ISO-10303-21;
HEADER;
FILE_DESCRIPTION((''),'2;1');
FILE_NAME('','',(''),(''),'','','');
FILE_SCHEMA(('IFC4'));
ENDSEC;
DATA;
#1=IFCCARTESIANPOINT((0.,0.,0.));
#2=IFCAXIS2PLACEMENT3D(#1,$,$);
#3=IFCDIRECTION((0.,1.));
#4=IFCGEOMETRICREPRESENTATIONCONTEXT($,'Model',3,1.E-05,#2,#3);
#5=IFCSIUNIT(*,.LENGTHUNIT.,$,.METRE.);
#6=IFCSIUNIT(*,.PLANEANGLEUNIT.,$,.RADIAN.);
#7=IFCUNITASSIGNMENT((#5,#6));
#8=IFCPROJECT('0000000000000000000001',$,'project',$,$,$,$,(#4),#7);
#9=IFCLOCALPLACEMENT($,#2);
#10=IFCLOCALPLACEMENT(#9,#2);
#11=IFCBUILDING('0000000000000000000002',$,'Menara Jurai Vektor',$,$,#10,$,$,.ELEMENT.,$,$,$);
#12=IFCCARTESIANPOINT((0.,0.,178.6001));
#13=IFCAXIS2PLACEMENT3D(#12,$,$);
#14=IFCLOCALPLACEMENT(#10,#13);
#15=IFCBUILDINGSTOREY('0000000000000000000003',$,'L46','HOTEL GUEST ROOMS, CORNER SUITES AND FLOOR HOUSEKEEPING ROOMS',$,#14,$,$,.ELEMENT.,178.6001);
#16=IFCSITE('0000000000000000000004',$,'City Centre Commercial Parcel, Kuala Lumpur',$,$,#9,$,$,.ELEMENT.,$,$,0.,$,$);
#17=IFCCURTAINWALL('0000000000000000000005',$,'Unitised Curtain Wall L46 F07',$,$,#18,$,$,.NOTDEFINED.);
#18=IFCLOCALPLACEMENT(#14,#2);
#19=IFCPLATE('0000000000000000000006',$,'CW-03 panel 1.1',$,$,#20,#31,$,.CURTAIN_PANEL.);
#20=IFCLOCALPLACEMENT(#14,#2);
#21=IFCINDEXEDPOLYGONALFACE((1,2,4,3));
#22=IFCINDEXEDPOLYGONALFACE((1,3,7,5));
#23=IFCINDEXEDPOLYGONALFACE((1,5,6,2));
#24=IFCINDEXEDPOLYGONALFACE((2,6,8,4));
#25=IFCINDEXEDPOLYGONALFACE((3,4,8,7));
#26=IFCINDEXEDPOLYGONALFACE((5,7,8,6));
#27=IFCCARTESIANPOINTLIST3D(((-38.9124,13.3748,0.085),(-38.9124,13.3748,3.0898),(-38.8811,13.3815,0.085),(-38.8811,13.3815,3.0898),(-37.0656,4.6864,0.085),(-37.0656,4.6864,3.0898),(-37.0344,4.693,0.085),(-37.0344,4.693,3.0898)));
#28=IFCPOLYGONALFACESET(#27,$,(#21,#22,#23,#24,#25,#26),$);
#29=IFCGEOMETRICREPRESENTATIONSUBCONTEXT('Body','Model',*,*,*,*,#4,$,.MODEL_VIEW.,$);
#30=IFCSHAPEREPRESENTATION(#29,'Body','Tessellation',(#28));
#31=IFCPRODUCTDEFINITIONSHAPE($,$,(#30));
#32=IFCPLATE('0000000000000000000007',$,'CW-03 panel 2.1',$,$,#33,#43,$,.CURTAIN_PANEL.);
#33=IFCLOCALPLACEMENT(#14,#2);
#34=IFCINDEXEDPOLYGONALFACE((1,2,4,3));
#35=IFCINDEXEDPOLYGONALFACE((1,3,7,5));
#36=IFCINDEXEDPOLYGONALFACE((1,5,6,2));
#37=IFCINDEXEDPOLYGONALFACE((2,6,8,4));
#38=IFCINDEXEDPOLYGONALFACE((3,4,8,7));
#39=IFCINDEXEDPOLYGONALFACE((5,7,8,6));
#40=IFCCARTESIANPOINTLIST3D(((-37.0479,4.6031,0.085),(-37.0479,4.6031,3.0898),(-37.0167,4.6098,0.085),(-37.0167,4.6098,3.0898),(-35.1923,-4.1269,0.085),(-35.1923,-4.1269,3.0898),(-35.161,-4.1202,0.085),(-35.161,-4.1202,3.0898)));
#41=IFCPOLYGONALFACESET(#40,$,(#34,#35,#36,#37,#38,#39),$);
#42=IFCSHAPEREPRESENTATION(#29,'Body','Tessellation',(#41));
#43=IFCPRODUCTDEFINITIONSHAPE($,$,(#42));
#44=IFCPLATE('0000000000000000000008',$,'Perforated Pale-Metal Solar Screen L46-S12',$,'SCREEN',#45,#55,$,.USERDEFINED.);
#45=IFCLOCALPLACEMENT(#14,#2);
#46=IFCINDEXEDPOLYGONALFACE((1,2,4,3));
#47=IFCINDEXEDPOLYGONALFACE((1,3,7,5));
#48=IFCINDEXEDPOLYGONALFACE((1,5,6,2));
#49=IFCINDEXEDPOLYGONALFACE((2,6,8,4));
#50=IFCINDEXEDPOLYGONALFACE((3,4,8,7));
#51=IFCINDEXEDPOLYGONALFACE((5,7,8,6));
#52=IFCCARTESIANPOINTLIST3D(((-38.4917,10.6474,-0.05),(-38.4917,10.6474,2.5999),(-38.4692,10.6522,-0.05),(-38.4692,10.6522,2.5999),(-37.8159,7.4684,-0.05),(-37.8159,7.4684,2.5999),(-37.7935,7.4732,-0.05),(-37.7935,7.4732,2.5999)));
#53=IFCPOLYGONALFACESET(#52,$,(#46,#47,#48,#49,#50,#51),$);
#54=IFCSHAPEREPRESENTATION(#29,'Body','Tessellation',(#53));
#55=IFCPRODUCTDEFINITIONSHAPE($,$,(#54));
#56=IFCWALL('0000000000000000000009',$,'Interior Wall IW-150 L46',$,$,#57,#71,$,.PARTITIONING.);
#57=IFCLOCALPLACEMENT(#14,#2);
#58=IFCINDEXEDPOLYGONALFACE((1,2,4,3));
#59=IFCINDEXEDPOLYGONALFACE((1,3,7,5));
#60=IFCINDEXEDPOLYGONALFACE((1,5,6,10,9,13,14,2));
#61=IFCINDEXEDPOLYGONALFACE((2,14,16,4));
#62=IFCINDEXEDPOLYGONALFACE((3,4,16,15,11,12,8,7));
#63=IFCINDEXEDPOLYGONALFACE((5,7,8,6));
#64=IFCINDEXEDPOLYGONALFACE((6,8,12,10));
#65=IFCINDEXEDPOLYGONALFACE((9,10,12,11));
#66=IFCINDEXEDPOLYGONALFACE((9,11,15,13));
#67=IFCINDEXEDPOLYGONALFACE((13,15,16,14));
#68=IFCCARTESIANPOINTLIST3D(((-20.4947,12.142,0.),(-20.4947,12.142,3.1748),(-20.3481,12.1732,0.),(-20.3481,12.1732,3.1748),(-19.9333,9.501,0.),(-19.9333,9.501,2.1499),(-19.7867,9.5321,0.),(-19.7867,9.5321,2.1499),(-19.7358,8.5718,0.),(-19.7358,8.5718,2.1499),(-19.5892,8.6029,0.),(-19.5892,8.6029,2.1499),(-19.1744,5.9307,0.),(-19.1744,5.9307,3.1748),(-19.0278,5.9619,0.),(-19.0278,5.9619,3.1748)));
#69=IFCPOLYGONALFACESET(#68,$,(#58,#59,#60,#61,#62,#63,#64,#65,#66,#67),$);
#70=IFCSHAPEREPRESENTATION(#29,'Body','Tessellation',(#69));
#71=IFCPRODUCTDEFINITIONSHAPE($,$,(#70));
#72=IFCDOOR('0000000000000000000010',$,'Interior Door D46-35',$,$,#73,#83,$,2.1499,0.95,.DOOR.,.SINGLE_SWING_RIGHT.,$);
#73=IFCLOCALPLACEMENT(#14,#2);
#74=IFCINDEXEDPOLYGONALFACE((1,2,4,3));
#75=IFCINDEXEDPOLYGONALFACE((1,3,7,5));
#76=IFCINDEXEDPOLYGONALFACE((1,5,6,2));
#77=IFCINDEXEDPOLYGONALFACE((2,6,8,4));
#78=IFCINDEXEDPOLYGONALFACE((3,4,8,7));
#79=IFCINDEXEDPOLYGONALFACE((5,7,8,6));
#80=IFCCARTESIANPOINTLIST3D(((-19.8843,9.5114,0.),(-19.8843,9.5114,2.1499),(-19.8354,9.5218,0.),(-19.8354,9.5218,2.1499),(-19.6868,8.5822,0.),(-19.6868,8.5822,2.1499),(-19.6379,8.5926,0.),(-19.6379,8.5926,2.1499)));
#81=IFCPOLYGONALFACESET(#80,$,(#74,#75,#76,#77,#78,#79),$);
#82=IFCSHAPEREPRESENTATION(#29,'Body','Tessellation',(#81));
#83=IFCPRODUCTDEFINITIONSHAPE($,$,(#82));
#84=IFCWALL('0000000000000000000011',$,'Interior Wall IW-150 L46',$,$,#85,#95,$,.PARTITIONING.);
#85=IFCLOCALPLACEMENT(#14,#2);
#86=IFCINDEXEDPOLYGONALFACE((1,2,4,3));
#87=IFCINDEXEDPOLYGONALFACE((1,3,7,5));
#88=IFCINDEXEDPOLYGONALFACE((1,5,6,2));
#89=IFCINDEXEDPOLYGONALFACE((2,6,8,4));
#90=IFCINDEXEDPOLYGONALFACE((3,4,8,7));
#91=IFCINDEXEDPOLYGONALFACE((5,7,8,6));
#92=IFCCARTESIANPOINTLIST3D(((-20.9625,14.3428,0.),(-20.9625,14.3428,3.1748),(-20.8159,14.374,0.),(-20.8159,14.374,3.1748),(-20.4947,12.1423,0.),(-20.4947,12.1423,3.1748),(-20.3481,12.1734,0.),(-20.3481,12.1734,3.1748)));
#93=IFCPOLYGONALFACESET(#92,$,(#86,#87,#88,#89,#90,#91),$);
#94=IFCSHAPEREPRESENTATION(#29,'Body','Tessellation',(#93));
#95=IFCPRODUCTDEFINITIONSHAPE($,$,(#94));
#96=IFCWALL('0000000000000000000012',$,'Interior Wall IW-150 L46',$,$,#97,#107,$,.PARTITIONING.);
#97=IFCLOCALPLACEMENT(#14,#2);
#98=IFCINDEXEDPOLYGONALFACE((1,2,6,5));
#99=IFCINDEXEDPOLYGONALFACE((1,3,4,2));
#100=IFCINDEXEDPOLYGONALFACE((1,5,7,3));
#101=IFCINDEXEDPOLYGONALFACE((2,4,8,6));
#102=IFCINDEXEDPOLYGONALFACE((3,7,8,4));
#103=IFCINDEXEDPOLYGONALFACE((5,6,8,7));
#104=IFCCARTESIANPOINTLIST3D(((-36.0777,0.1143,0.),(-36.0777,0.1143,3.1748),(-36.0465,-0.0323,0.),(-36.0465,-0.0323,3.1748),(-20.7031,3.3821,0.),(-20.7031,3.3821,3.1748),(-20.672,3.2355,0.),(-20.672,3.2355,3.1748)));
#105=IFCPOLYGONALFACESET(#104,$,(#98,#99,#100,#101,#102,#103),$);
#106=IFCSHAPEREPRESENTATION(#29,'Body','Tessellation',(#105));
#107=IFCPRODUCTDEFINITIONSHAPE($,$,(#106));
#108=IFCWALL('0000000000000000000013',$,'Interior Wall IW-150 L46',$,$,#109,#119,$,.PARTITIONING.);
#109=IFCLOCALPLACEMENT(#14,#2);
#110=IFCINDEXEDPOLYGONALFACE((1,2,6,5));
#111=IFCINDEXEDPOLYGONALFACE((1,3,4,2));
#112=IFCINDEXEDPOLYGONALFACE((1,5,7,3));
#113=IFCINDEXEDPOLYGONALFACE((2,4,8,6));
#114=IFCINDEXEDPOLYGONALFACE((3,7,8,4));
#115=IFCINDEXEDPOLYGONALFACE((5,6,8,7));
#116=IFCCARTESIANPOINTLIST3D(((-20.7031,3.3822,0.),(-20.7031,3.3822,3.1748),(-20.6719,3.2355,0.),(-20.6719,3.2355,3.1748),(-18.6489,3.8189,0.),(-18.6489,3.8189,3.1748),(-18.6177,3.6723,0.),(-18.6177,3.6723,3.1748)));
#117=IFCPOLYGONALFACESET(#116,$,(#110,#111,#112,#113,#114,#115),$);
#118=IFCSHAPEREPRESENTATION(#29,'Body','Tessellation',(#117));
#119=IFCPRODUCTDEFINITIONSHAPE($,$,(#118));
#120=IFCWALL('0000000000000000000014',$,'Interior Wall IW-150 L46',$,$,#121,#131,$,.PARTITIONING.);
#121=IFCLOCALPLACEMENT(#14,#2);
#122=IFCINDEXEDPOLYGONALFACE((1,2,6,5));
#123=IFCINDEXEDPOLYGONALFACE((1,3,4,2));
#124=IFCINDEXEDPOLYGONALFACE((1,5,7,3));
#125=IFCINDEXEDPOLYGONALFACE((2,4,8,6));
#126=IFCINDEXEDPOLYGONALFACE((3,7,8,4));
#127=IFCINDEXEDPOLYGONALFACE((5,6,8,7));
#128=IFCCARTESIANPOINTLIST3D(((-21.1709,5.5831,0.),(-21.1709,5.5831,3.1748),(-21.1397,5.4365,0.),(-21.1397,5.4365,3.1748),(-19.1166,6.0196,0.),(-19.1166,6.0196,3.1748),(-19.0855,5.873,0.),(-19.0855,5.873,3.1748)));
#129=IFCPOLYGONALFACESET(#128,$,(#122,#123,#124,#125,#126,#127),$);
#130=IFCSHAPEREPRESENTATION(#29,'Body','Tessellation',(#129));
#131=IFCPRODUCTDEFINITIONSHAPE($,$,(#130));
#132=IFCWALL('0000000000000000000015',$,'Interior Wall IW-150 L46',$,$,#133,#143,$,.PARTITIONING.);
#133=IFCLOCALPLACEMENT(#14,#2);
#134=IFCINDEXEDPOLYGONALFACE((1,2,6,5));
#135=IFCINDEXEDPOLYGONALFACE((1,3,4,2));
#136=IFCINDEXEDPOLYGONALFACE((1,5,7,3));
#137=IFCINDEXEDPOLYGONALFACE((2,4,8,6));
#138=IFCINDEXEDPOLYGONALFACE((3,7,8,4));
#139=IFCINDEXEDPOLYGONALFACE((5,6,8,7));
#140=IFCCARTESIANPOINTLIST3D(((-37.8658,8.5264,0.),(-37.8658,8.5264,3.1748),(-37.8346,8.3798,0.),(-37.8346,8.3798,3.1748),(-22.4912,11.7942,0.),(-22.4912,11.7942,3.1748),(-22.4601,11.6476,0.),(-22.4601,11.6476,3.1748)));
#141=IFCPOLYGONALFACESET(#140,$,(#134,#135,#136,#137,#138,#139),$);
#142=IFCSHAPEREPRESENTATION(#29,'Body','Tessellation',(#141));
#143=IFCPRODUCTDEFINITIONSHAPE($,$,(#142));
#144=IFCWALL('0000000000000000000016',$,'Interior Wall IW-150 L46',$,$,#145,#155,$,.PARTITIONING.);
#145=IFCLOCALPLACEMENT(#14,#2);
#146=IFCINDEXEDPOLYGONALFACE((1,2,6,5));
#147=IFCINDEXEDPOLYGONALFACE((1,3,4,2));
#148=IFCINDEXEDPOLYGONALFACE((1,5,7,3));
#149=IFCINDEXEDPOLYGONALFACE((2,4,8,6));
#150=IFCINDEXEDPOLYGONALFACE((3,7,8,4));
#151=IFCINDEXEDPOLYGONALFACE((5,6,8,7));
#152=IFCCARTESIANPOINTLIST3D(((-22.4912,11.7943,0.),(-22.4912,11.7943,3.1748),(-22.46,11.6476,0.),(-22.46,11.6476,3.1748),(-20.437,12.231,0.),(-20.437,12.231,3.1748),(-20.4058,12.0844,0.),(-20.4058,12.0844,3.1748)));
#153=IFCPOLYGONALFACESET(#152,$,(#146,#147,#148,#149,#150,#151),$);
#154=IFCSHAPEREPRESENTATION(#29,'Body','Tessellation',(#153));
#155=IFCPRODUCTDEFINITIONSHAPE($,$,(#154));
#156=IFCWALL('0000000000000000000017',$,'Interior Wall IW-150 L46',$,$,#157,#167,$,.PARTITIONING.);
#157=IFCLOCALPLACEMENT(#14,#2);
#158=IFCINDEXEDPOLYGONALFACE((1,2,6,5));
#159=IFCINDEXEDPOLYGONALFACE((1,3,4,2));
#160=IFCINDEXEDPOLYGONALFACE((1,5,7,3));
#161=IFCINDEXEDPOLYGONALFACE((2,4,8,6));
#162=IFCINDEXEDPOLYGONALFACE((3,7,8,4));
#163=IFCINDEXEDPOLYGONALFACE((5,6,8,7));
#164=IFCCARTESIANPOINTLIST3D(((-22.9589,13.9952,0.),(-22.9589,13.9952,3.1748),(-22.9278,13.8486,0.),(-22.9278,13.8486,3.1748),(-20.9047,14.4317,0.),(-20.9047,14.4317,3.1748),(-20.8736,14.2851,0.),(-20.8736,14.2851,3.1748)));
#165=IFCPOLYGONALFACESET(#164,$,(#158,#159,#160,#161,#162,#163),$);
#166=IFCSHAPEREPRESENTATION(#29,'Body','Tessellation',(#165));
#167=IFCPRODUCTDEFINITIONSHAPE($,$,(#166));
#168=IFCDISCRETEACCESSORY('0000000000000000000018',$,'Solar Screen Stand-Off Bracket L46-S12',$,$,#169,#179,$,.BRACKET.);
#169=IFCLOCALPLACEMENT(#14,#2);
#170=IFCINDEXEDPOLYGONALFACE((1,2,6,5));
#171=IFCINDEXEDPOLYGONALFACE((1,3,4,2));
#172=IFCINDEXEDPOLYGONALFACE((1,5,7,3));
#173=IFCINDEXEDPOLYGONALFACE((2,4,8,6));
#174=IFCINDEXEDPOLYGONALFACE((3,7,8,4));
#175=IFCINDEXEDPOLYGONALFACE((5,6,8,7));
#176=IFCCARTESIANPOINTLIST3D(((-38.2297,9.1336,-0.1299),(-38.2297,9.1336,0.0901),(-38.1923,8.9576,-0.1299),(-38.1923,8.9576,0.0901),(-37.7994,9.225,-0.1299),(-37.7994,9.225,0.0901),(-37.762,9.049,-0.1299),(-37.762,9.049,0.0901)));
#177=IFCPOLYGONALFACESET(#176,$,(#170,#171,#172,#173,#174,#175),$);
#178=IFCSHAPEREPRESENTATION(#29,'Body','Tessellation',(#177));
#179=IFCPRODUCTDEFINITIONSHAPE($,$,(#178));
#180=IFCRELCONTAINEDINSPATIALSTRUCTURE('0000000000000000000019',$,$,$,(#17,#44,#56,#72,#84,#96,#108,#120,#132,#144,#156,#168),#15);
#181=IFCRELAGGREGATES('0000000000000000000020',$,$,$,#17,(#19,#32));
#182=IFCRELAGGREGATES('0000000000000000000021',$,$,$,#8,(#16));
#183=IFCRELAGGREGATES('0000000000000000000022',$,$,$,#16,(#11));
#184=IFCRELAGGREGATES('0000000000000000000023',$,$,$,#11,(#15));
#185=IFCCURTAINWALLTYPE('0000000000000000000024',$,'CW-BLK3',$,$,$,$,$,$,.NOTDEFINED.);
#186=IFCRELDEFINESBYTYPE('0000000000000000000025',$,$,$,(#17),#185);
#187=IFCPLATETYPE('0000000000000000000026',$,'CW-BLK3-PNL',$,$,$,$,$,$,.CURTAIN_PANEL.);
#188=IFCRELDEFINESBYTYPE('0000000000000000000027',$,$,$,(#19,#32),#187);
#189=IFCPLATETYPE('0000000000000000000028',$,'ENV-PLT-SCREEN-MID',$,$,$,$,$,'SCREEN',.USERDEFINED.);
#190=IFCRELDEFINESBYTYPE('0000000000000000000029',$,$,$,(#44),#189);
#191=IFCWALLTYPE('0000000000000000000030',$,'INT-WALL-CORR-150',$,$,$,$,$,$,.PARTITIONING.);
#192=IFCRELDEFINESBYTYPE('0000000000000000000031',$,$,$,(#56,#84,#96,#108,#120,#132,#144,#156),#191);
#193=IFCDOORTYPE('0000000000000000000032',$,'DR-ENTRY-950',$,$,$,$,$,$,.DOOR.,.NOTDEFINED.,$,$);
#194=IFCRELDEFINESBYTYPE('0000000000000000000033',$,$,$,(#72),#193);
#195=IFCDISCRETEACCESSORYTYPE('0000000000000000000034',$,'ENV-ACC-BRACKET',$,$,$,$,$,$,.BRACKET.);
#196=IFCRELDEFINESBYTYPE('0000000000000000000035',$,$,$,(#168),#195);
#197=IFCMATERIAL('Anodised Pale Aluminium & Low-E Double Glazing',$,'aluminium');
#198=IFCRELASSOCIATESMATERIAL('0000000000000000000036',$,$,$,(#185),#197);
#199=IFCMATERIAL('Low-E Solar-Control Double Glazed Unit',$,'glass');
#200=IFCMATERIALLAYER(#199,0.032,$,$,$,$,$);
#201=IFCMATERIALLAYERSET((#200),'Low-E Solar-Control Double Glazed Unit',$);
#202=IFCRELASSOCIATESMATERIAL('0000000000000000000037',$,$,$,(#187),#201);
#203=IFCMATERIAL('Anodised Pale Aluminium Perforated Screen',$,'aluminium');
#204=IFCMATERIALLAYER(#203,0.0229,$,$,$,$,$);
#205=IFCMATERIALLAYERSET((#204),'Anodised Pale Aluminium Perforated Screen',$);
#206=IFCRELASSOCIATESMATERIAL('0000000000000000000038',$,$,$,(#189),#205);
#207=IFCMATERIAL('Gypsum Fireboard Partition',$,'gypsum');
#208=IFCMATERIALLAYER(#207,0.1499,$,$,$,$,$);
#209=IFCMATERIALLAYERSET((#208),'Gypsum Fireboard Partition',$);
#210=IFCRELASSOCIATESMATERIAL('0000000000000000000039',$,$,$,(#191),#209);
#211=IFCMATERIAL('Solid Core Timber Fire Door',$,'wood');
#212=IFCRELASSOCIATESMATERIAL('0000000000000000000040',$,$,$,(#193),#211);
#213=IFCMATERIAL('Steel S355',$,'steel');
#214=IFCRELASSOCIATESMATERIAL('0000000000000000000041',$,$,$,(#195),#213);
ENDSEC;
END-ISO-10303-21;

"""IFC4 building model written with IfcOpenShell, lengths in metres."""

from ifc_helpers import new_model, si_unit, direction, frame, frame_2d, origin, origin_2d, place, context, subcontext, project, spatial, rectangle, extrude, material, layer, layer_set, type_object, element, fill, aggregate, save


model = new_model("IFC4")

# Units and contexts
model_context = context("Model", 3, precision=1e-05, world=origin(), true_north=direction((0.0, 1.0)))
body_context = subcontext(model_context, "Body", "Model", "MODEL_VIEW")
ifc_project = project(units=[si_unit("LENGTHUNIT", "METRE"), si_unit("PLANEANGLEUNIT", "RADIAN")], contexts=[model_context])

# Site, building, storey
site_placement = place(None, origin())
site = spatial("IfcSite", under=ifc_project, at=site_placement, Name="City Centre Commercial Parcel, Kuala Lumpur", CompositionType="ELEMENT", RefElevation=0.0)
building_placement = place(site_placement, origin())
building = spatial("IfcBuilding", under=site, at=building_placement, Name="Menara Jurai Vektor", CompositionType="ELEMENT")
storey_placement = place(building_placement, frame((0.0, 0.0, 178.6001)))
storey = spatial("IfcBuildingStorey", under=building, at=storey_placement, Name="L46", Description="HOTEL GUEST ROOMS, CORNER SUITES AND FLOOR HOUSEKEEPING ROOMS", CompositionType="ELEMENT", Elevation=178.6001)

# Curtain wall
ifc_material_1 = material(Name="Anodised Pale Aluminium & Low-E Double Glazing", Category="aluminium")
curtain_wall_type = type_object("IfcCurtainWallType", Name="CW-BLK3", PredefinedType="NOTDEFINED", material=ifc_material_1)
curtain_wall_placement = place(storey_placement, origin())
curtain_wall = element("IfcCurtainWall", 1, at=curtain_wall_placement, inside=storey, type_object=curtain_wall_type, Name="Unitised Curtain Wall L46 F07", PredefinedType="NOTDEFINED")

# Shared definitions
ifc_material_2 = material(Name="Steel S355", Category="steel")

# Plates
ifc_material_3 = material(Name="Low-E Solar-Control Double Glazed Unit", Category="glass")
ifc_layer_1 = layer(ifc_material_3, 0.032)
ifc_layer_set_1 = layer_set([ifc_layer_1], Name="Low-E Solar-Control Double Glazed Unit")
plate_type_1 = type_object("IfcPlateType", Name="CW-BLK3-PNL", PredefinedType="CURTAIN_PANEL", material=ifc_layer_set_1)
plate_1_placement = place(storey_placement, frame((-37.9734, 9.0339, 0.085), z_axis=(0.0, 0.0, 1.0), x_axis=(0.20791, -0.978148, 0.0)))
plate_1 = element("IfcPlate", 2, at=plate_1_placement, type_object=plate_type_1, Name="CW-03 panel 1.1", PredefinedType="CURTAIN_PANEL", context=body_context, shape_type="SweptSolid", body=[
    extrude(rectangle(XDim=8.8826, YDim=0.032, at=origin_2d()), origin(), (0.0, 0.0, 1.0), 3.0049),
])
plate_2_placement = place(storey_placement, frame((-36.1045, 0.2415, 0.085), z_axis=(0.0, 0.0, 1.0), x_axis=(0.20791, -0.978148, 0.0)))
plate_2 = element("IfcPlate", 3, at=plate_2_placement, type_object=plate_type_1, Name="CW-03 panel 2.1", PredefinedType="CURTAIN_PANEL", context=body_context, shape_type="SweptSolid", body=[
    extrude(rectangle(XDim=8.925, YDim=0.032, at=origin_2d()), origin(), (0.0, 0.0, 1.0), 3.0049),
])
aggregate(curtain_wall, [plate_1, plate_2])
ifc_material_4 = material(Name="Anodised Pale Aluminium Perforated Screen", Category="aluminium")
ifc_layer_2 = layer(ifc_material_4, 0.0229)
ifc_layer_set_2 = layer_set([ifc_layer_2], Name="Anodised Pale Aluminium Perforated Screen")
plate_type_2 = type_object("IfcPlateType", Name="ENV-PLT-SCREEN-MID", ElementType="SCREEN", PredefinedType="USERDEFINED", material=ifc_layer_set_2)
plate_3_placement = place(storey_placement, frame((-38.1426, 9.0603, -0.05), z_axis=(0.0, 0.0, 1.0), x_axis=(0.207912, -0.978148, 0.0)))
element("IfcPlate", 4, at=plate_3_placement, inside=storey, type_object=plate_type_2, Name="Perforated Pale-Metal Solar Screen L46-S12", ObjectType="SCREEN", PredefinedType="USERDEFINED", context=body_context, shape_type="SweptSolid", body=[
    extrude(rectangle(XDim=3.25, YDim=0.0229, at=origin_2d()), origin(), (0.0, 0.0, 1.0), 2.6499),
])

# Wall, opening, door
ifc_material_5 = material(Name="Gypsum Fireboard Partition", Category="gypsum")
ifc_layer_3 = layer(ifc_material_5, 0.1499)
ifc_layer_set_3 = layer_set([ifc_layer_3], Name="Gypsum Fireboard Partition")
wall_type = type_object("IfcWallType", Name="INT-WALL-CORR-150", PredefinedType="PARTITIONING", material=ifc_layer_set_3)
wall_1_placement = place(storey_placement, frame((-19.1011, 5.9463, 0.0), z_axis=(0.0, 0.0, 1.0), x_axis=(-0.207917, 0.978147, 0.0)))
wall_1 = element("IfcWall", 5, at=wall_1_placement, inside=storey, type_object=wall_type, Name="Interior Wall IW-150 L46", PredefinedType="PARTITIONING", context=body_context, shape_type="SweptSolid", body=[
    extrude(rectangle(XDim=6.3501, YDim=0.1499, at=frame_2d((3.175, 0.0))), origin(), (0.0, 0.0, 1.0), 3.1748),
])
opening_1_placement = place(wall_1_placement, frame((2.7, 0.0, 0.0)))
opening_1 = element("IfcOpeningElement", 6, at=opening_1_placement, cuts=wall_1, PredefinedType="OPENING", context=body_context, shape_type="SweptSolid", body=[
    extrude(rectangle(XDim=0.95, YDim=2.1499, at=frame_2d((0.4751, 1.075))), frame((0.0, 0.085, 0.0), z_axis=(0.0, -1.0, 0.0), x_axis=(1.0, 0.0, 0.0)), (0.0, 0.0, 1.0), 0.1699),
])
ifc_material_6 = material(Name="Solid Core Timber Fire Door", Category="wood")
door_type_1 = type_object("IfcDoorType", Name="DR-ENTRY-950", OperationType="NOTDEFINED", PredefinedType="DOOR", material=ifc_material_6)
door_1_placement = place(opening_1_placement, origin())
door_1 = element("IfcDoor", 7, at=door_1_placement, inside=storey, type_object=door_type_1, Name="Interior Door D46-35", OperationType="SINGLE_SWING_RIGHT", OverallHeight=2.1499, OverallWidth=0.95, PredefinedType="DOOR", context=body_context, shape_type="SweptSolid", body=[
    extrude(rectangle(XDim=0.95, YDim=2.1499, at=frame_2d((0.4751, 1.075))), frame((0.0, 0.0249, 0.0), z_axis=(0.0, -1.0, 0.0), x_axis=(1.0, 0.0, 0.0)), (0.0, 0.0, 1.0), 0.05),
])
fill(opening_1, door_1)

# Walls
wall_2_placement = place(storey_placement, frame((-20.4214, 12.1577, 0.0), z_axis=(0.0, 0.0, 1.0), x_axis=(-0.207913, 0.978147, 0.0)))
element("IfcWall", 8, at=wall_2_placement, inside=storey, type_object=wall_type, Name="Interior Wall IW-150 L46", PredefinedType="PARTITIONING", context=body_context, shape_type="SweptSolid", body=[
    extrude(rectangle(XDim=2.2498, YDim=0.1499, at=frame_2d((1.125, 0.0))), origin(), (0.0, 0.0, 1.0), 3.1748),
])
wall_3_placement = place(storey_placement, frame((-36.062, 0.041, 0.0), z_axis=(0.0, 0.0, 1.0), x_axis=(0.978149, 0.207904, 0.0)))
element("IfcWall", 9, at=wall_3_placement, inside=storey, type_object=wall_type, Name="Interior Wall IW-150 L46", PredefinedType="PARTITIONING", context=body_context, shape_type="SweptSolid", body=[
    extrude(rectangle(XDim=15.718, YDim=0.1499, at=frame_2d((7.8589, 0.0))), origin(), (0.0, 0.0, 1.0), 3.1748),
])
wall_4_placement = place(storey_placement, frame((-20.6875, 3.3088, 0.0), z_axis=(0.0, 0.0, 1.0), x_axis=(0.978135, 0.207973, 0.0)))
element("IfcWall", 10, at=wall_4_placement, inside=storey, type_object=wall_type, Name="Interior Wall IW-150 L46", PredefinedType="PARTITIONING", context=body_context, shape_type="SweptSolid", body=[
    extrude(rectangle(XDim=2.1001, YDim=0.1499, at=frame_2d((1.05, 0.0))), origin(), (0.0, 0.0, 1.0), 3.1748),
])

# Walls
wall_5_placement = place(storey_placement, frame((-21.1553, 5.5098, 0.0), z_axis=(0.0, 0.0, 1.0), x_axis=(0.978158, 0.207862, 0.0)))
element("IfcWall", 11, at=wall_5_placement, inside=storey, type_object=wall_type, Name="Interior Wall IW-150 L46", PredefinedType="PARTITIONING", context=body_context, shape_type="SweptSolid", body=[
    extrude(rectangle(XDim=2.1001, YDim=0.1499, at=frame_2d((1.05, 0.0))), origin(), (0.0, 0.0, 1.0), 3.1748),
])
wall_6_placement = place(storey_placement, frame((-37.8501, 8.4531, 0.0), z_axis=(0.0, 0.0, 1.0), x_axis=(0.978149, 0.207904, 0.0)))
element("IfcWall", 12, at=wall_6_placement, inside=storey, type_object=wall_type, Name="Interior Wall IW-150 L46", PredefinedType="PARTITIONING", context=body_context, shape_type="SweptSolid", body=[
    extrude(rectangle(XDim=15.718, YDim=0.1499, at=frame_2d((7.8589, 0.0))), origin(), (0.0, 0.0, 1.0), 3.1748),
])
wall_7_placement = place(storey_placement, frame((-22.4756, 11.7209, 0.0), z_axis=(0.0, 0.0, 1.0), x_axis=(0.978135, 0.207973, 0.0)))
element("IfcWall", 13, at=wall_7_placement, inside=storey, type_object=wall_type, Name="Interior Wall IW-150 L46", PredefinedType="PARTITIONING", context=body_context, shape_type="SweptSolid", body=[
    extrude(rectangle(XDim=2.1001, YDim=0.1499, at=frame_2d((1.05, 0.0))), origin(), (0.0, 0.0, 1.0), 3.1748),
])

# Wall
wall_8_placement = place(storey_placement, frame((-22.9434, 13.9219, 0.0), z_axis=(0.0, 0.0, 1.0), x_axis=(0.978158, 0.207862, 0.0)))
element("IfcWall", 14, at=wall_8_placement, inside=storey, type_object=wall_type, Name="Interior Wall IW-150 L46", PredefinedType="PARTITIONING", context=body_context, shape_type="SweptSolid", body=[
    extrude(rectangle(XDim=2.1001, YDim=0.1499, at=frame_2d((1.05, 0.0))), origin(), (0.0, 0.0, 1.0), 3.1748),
])

# Discrete accessory
discrete_accessory_type = type_object("IfcDiscreteAccessoryType", Name="ENV-ACC-BRACKET", PredefinedType="BRACKET", material=ifc_material_2)
discrete_accessory_placement = place(storey_placement, frame((-37.9958, 9.0913, -0.1299), z_axis=(0.0, 0.0, 1.0), x_axis=(0.207912, -0.978148, 0.0)))
element("IfcDiscreteAccessory", 15, at=discrete_accessory_placement, inside=storey, type_object=discrete_accessory_type, Name="Solar Screen Stand-Off Bracket L46-S12", PredefinedType="BRACKET", context=body_context, shape_type="SweptSolid", body=[
    extrude(rectangle(XDim=0.1799, YDim=0.4399, at=origin_2d()), origin(), (0.0, 0.0, 1.0), 0.22),
])

save(model, "model.ifc")
